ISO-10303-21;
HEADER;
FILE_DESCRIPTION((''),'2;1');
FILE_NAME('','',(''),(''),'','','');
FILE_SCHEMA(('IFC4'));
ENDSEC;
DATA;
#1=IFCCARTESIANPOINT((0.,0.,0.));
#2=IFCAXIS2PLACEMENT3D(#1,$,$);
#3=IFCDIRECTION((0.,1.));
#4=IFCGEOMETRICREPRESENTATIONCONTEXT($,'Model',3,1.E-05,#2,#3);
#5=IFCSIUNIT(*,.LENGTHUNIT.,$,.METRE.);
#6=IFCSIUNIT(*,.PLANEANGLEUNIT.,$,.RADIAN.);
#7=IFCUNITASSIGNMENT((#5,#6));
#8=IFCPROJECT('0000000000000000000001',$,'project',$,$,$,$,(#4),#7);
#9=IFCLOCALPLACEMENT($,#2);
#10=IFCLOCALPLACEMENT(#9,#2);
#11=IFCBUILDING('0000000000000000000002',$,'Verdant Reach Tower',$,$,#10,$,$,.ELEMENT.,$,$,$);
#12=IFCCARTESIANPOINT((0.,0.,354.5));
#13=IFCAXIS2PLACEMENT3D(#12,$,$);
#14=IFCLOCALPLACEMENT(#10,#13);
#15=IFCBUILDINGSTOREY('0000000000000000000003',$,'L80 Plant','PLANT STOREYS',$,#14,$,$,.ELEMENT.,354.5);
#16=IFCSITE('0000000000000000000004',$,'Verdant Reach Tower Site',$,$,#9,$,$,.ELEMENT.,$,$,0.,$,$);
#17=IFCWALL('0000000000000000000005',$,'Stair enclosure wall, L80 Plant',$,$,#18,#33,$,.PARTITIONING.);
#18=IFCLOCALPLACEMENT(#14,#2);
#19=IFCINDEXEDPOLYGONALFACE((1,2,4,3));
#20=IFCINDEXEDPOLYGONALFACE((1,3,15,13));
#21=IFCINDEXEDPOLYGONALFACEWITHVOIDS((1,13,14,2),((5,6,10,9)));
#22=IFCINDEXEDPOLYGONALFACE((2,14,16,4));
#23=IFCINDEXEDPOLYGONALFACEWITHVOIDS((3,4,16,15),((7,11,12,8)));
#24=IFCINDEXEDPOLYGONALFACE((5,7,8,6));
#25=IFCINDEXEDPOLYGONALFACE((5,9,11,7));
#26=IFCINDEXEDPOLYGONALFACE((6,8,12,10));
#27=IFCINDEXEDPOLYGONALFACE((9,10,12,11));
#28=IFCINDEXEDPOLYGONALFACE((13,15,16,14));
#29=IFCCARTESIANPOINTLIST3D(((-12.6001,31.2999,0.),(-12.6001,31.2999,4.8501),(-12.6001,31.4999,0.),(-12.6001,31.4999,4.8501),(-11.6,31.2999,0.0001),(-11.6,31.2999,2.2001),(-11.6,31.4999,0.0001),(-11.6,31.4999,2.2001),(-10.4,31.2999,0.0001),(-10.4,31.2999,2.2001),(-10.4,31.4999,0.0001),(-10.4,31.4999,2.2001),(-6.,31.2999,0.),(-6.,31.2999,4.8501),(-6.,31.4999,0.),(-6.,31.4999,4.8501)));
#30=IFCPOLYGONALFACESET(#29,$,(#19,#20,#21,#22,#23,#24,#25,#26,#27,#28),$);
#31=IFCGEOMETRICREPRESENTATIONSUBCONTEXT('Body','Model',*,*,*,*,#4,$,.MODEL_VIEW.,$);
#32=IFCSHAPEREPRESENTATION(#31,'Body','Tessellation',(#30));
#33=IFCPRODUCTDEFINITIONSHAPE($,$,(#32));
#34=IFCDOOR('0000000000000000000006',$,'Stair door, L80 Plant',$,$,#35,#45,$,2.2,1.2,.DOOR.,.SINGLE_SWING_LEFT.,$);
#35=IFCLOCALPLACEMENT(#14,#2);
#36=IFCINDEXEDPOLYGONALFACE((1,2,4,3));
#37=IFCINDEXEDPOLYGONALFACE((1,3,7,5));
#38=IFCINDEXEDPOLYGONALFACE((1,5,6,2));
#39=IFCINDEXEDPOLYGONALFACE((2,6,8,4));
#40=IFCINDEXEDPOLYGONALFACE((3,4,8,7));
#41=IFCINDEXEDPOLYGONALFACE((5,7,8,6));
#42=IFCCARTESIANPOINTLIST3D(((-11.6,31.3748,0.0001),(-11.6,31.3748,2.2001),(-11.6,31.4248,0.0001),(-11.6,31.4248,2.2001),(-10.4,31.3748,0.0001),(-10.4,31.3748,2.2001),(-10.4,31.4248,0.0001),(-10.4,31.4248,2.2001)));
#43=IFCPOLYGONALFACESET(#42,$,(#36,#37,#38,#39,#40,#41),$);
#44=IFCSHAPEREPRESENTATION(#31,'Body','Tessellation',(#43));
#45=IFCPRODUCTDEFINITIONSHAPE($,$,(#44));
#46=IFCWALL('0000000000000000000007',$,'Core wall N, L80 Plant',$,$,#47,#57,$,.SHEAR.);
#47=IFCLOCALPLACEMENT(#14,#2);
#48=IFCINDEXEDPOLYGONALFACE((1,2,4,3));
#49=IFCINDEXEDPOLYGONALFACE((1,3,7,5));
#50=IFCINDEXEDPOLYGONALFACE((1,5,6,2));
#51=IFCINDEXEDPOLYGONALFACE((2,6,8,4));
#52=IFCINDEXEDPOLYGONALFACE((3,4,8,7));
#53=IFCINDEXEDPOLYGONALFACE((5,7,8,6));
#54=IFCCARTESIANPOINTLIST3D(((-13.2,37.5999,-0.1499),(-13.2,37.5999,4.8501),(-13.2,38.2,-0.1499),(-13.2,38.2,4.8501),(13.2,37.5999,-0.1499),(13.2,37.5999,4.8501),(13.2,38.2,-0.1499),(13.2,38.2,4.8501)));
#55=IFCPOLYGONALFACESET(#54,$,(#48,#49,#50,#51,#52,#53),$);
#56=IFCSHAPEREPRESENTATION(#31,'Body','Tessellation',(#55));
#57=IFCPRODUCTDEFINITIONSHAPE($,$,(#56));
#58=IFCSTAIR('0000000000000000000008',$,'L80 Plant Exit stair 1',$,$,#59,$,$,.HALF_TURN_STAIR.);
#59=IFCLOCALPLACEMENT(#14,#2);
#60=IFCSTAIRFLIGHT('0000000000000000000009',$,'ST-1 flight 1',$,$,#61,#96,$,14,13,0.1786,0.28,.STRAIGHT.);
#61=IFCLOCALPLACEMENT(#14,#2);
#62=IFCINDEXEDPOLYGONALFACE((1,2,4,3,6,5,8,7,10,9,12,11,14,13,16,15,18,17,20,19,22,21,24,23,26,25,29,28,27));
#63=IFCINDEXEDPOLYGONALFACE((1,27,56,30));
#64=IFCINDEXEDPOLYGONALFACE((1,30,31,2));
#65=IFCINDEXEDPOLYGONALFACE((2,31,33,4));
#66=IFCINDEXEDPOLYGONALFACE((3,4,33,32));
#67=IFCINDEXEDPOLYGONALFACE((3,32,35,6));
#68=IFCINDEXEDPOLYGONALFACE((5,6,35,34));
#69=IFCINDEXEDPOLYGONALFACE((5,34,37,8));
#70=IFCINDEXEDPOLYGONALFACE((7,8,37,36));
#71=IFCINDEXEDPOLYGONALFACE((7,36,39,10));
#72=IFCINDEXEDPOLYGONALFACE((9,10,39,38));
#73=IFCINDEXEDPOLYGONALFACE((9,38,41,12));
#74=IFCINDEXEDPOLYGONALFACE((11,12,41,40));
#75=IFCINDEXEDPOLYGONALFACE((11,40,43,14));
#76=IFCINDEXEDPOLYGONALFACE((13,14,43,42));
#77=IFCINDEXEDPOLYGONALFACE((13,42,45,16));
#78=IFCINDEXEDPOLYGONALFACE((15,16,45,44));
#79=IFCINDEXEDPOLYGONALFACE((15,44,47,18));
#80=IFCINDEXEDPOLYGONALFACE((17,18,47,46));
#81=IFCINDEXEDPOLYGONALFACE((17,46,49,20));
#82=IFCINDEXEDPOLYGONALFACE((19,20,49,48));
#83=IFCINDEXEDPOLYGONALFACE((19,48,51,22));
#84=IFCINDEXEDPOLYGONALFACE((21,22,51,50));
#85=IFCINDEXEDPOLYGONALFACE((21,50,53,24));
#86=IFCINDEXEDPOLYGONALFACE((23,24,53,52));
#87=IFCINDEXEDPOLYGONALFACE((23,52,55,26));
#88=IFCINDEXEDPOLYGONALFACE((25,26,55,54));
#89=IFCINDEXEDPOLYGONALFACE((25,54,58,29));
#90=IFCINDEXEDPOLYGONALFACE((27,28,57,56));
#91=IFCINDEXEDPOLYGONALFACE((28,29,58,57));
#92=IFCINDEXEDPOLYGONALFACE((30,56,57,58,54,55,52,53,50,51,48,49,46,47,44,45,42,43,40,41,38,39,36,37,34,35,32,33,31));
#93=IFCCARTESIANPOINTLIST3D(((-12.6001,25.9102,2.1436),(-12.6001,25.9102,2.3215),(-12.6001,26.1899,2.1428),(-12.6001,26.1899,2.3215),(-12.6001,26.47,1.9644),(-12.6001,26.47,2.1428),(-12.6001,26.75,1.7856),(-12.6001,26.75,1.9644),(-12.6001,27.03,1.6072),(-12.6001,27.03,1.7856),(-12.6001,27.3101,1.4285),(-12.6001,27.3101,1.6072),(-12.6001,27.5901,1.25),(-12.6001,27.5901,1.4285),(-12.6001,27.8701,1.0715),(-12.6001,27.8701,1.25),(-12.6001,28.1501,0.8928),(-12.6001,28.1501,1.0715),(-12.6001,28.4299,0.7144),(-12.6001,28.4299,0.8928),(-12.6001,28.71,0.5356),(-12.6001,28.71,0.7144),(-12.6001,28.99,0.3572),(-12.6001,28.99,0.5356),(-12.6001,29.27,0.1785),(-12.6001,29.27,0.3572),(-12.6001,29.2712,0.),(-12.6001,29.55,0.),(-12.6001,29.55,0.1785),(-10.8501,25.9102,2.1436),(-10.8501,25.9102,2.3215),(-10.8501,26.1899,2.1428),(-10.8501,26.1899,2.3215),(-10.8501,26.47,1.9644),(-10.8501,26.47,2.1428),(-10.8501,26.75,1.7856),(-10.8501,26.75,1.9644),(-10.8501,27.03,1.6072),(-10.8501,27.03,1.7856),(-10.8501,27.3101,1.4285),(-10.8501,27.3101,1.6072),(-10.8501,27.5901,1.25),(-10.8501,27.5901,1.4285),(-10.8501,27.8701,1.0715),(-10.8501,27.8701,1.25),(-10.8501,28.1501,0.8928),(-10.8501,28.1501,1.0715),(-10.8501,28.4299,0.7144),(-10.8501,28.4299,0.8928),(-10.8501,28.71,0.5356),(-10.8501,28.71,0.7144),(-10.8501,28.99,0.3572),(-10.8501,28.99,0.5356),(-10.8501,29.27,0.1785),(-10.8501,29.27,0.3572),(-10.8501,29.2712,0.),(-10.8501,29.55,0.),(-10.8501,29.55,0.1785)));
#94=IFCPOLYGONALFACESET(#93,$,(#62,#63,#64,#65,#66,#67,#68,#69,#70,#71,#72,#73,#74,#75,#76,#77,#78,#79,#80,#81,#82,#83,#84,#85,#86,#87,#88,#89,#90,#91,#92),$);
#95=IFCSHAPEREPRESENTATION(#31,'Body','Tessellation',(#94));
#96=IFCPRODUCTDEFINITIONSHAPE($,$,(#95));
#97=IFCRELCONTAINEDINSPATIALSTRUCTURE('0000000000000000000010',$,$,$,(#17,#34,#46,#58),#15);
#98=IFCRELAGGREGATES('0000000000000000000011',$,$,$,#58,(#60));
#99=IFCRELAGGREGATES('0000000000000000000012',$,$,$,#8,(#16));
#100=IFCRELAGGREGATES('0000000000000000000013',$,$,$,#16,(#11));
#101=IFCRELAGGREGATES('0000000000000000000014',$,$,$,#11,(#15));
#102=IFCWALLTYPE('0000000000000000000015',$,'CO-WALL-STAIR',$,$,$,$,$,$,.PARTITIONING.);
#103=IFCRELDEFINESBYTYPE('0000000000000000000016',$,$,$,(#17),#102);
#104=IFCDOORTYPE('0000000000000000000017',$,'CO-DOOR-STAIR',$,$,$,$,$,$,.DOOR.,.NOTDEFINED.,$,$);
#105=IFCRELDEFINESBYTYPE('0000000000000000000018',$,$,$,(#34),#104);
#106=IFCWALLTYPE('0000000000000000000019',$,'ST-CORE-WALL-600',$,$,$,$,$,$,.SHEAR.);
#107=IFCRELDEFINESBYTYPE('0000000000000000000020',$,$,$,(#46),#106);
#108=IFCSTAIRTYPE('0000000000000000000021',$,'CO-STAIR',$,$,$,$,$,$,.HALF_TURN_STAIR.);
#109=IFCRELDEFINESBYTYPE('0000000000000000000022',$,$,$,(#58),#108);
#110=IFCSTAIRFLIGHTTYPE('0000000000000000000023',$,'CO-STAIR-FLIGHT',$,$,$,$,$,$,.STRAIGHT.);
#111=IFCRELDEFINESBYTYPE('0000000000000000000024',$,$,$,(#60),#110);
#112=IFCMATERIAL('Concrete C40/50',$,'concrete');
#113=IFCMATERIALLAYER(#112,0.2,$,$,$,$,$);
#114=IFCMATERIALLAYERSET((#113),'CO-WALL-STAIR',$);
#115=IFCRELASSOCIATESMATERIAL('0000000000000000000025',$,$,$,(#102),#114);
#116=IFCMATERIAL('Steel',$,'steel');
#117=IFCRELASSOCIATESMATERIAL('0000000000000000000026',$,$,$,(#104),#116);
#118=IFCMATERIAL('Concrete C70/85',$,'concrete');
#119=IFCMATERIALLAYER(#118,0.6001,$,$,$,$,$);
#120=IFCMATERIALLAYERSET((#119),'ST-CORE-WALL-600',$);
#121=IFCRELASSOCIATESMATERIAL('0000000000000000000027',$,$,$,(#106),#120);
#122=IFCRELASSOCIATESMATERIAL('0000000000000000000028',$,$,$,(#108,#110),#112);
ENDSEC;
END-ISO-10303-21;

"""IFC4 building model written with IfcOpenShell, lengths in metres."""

from ifc_helpers import new_model, si_unit, direction, frame, frame_2d, origin, place, context, subcontext, project, spatial, polyline, rectangle, outline, extrude, material, layer, layer_set, type_object, element, fill, aggregate, save


model = new_model("IFC4")

# Units and contexts
model_context = context("Model", 3, precision=1e-05, world=origin(), true_north=direction((0.0, 1.0)))
body_context = subcontext(model_context, "Body", "Model", "MODEL_VIEW")
ifc_project = project(units=[si_unit("LENGTHUNIT", "METRE"), si_unit("PLANEANGLEUNIT", "RADIAN")], contexts=[model_context])

# Site, building, storey
site_placement = place(None, origin())
site = spatial("IfcSite", under=ifc_project, at=site_placement, Name="Verdant Reach Tower Site", CompositionType="ELEMENT", RefElevation=0.0)
building_placement = place(site_placement, origin())
building = spatial("IfcBuilding", under=site, at=building_placement, Name="Verdant Reach Tower", CompositionType="ELEMENT")
storey_placement = place(building_placement, frame((0.0, 0.0, 354.5)))
storey = spatial("IfcBuildingStorey", under=building, at=storey_placement, Name="L80 Plant", Description="PLANT STOREYS", CompositionType="ELEMENT", Elevation=354.5)

# Shared definitions
ifc_material_1 = material(Name="Concrete C40/50", Category="concrete")
ifc_material_2 = material(Name="Steel", Category="steel")

# Wall, opening, door
ifc_layer_1 = layer(ifc_material_1, 0.2)
ifc_layer_set_1 = layer_set([ifc_layer_1], Name="CO-WALL-STAIR")
wall_type_1 = type_object("IfcWallType", Name="CO-WALL-STAIR", PredefinedType="PARTITIONING", material=ifc_layer_set_1)
wall_1_placement = place(storey_placement, frame((-12.6001, 31.3999, 0.0), z_axis=(0.0, 0.0, 1.0), x_axis=(1.0, 0.0, 0.0)))
wall_1 = element("IfcWall", 1, at=wall_1_placement, inside=storey, type_object=wall_type_1, Name="Stair enclosure wall, L80 Plant", PredefinedType="PARTITIONING", context=body_context, shape_type="SweptSolid", body=[
    extrude(rectangle(XDim=6.6001, YDim=0.2, at=frame_2d((3.3, 0.0))), origin(), (0.0, 0.0, 1.0), 4.8501),
])
opening_1_placement = place(wall_1_placement, frame((1.0, 0.0, 0.0)))
opening_1 = element("IfcOpeningElement", 2, at=opening_1_placement, cuts=wall_1, PredefinedType="OPENING", context=body_context, shape_type="SweptSolid", body=[
    extrude(rectangle(XDim=1.2, YDim=2.2, at=frame_2d((0.6001, 1.1001))), frame((0.0, 0.1099, 0.0), z_axis=(0.0, -1.0, 0.0), x_axis=(1.0, 0.0, 0.0)), (0.0, 0.0, 1.0), 0.22),
])
door_type_1 = type_object("IfcDoorType", Name="CO-DOOR-STAIR", OperationType="NOTDEFINED", PredefinedType="DOOR", material=ifc_material_2)
door_1_placement = place(opening_1_placement, origin())
door_1 = element("IfcDoor", 3, at=door_1_placement, inside=storey, type_object=door_type_1, Name="Stair door, L80 Plant", OperationType="SINGLE_SWING_LEFT", OverallHeight=2.2, OverallWidth=1.2, PredefinedType="DOOR", context=body_context, shape_type="SweptSolid", body=[
    extrude(rectangle(XDim=1.2, YDim=2.2, at=frame_2d((0.6001, 1.1001))), frame((0.0, 0.0249, 0.0), z_axis=(0.0, -1.0, 0.0), x_axis=(1.0, 0.0, 0.0)), (0.0, 0.0, 1.0), 0.05),
])
fill(opening_1, door_1)

# Wall
ifc_material_3 = material(Name="Concrete C70/85", Category="concrete")
ifc_layer_2 = layer(ifc_material_3, 0.6001)
ifc_layer_set_2 = layer_set([ifc_layer_2], Name="ST-CORE-WALL-600")
wall_type_2 = type_object("IfcWallType", Name="ST-CORE-WALL-600", PredefinedType="SHEAR", material=ifc_layer_set_2)
wall_2_placement = place(storey_placement, frame((-13.2, 37.8999, -0.1499), z_axis=(0.0, 0.0, 1.0), x_axis=(1.0, 0.0, 0.0)))
element("IfcWall", 4, at=wall_2_placement, inside=storey, type_object=wall_type_2, Name="Core wall N, L80 Plant", PredefinedType="SHEAR", context=body_context, shape_type="SweptSolid", body=[
    extrude(rectangle(XDim=26.3999, YDim=0.6001, at=frame_2d((13.2, 0.0))), origin(), (0.0, 0.0, 1.0), 5.0),
])

# Stair, stair flight
stair_type = type_object("IfcStairType", Name="CO-STAIR", PredefinedType="HALF_TURN_STAIR", material=ifc_material_1)
stair_placement = place(storey_placement, origin())
stair = element("IfcStair", 5, at=stair_placement, inside=storey, type_object=stair_type, Name="L80 Plant Exit stair 1", PredefinedType="HALF_TURN_STAIR")
stair_flight_type = type_object("IfcStairFlightType", Name="CO-STAIR-FLIGHT", PredefinedType="STRAIGHT", material=ifc_material_1)
stair_flight_placement = place(storey_placement, frame((-11.7251, 29.55, 0.0), z_axis=(0.0, 0.0, 1.0), x_axis=(0.0, -1.0, 0.0)))
stair_flight = element("IfcStairFlight", 6, at=stair_flight_placement, type_object=stair_flight_type, Name="ST-1 flight 1", NumberOfRisers=14, NumberOfTreads=13, PredefinedType="STRAIGHT", RiserHeight=0.1786, TreadLength=0.28, context=body_context, shape_type="SweptSolid", body=[
    extrude(outline(polyline([(0.0, 0.0), (0.0, 0.1785), (0.28, 0.1785), (0.28, 0.3572), (0.5601, 0.3572), (0.5601, 0.5356), (0.8401, 0.5356), (0.8401, 0.7144), (1.1201, 0.7144), (1.1201, 0.8928), (1.3999, 0.8928), (1.3999, 1.0715), (1.6799, 1.0715), (1.6799, 1.25), (1.96, 1.25), (1.96, 1.4285), (2.24, 1.4285), (2.24, 1.6072), (2.52, 1.6072), (2.52, 1.7856), (2.8, 1.7856), (2.8, 1.9644), (3.0801, 1.9644), (3.0801, 2.1428), (3.3601, 2.1428), (3.3601, 2.3215), (3.6399, 2.3215), (3.6399, 2.5), (3.6399, 2.1436), (0.2788, 0.0), (0.0, 0.0)])), frame((0.0, 0.875, 0.0), z_axis=(0.0, -1.0, 0.0), x_axis=(1.0, 0.0, 0.0)), (0.0, 0.0, 1.0), 1.75),
])
aggregate(stair, [stair_flight])

save(model, "model.ifc")
